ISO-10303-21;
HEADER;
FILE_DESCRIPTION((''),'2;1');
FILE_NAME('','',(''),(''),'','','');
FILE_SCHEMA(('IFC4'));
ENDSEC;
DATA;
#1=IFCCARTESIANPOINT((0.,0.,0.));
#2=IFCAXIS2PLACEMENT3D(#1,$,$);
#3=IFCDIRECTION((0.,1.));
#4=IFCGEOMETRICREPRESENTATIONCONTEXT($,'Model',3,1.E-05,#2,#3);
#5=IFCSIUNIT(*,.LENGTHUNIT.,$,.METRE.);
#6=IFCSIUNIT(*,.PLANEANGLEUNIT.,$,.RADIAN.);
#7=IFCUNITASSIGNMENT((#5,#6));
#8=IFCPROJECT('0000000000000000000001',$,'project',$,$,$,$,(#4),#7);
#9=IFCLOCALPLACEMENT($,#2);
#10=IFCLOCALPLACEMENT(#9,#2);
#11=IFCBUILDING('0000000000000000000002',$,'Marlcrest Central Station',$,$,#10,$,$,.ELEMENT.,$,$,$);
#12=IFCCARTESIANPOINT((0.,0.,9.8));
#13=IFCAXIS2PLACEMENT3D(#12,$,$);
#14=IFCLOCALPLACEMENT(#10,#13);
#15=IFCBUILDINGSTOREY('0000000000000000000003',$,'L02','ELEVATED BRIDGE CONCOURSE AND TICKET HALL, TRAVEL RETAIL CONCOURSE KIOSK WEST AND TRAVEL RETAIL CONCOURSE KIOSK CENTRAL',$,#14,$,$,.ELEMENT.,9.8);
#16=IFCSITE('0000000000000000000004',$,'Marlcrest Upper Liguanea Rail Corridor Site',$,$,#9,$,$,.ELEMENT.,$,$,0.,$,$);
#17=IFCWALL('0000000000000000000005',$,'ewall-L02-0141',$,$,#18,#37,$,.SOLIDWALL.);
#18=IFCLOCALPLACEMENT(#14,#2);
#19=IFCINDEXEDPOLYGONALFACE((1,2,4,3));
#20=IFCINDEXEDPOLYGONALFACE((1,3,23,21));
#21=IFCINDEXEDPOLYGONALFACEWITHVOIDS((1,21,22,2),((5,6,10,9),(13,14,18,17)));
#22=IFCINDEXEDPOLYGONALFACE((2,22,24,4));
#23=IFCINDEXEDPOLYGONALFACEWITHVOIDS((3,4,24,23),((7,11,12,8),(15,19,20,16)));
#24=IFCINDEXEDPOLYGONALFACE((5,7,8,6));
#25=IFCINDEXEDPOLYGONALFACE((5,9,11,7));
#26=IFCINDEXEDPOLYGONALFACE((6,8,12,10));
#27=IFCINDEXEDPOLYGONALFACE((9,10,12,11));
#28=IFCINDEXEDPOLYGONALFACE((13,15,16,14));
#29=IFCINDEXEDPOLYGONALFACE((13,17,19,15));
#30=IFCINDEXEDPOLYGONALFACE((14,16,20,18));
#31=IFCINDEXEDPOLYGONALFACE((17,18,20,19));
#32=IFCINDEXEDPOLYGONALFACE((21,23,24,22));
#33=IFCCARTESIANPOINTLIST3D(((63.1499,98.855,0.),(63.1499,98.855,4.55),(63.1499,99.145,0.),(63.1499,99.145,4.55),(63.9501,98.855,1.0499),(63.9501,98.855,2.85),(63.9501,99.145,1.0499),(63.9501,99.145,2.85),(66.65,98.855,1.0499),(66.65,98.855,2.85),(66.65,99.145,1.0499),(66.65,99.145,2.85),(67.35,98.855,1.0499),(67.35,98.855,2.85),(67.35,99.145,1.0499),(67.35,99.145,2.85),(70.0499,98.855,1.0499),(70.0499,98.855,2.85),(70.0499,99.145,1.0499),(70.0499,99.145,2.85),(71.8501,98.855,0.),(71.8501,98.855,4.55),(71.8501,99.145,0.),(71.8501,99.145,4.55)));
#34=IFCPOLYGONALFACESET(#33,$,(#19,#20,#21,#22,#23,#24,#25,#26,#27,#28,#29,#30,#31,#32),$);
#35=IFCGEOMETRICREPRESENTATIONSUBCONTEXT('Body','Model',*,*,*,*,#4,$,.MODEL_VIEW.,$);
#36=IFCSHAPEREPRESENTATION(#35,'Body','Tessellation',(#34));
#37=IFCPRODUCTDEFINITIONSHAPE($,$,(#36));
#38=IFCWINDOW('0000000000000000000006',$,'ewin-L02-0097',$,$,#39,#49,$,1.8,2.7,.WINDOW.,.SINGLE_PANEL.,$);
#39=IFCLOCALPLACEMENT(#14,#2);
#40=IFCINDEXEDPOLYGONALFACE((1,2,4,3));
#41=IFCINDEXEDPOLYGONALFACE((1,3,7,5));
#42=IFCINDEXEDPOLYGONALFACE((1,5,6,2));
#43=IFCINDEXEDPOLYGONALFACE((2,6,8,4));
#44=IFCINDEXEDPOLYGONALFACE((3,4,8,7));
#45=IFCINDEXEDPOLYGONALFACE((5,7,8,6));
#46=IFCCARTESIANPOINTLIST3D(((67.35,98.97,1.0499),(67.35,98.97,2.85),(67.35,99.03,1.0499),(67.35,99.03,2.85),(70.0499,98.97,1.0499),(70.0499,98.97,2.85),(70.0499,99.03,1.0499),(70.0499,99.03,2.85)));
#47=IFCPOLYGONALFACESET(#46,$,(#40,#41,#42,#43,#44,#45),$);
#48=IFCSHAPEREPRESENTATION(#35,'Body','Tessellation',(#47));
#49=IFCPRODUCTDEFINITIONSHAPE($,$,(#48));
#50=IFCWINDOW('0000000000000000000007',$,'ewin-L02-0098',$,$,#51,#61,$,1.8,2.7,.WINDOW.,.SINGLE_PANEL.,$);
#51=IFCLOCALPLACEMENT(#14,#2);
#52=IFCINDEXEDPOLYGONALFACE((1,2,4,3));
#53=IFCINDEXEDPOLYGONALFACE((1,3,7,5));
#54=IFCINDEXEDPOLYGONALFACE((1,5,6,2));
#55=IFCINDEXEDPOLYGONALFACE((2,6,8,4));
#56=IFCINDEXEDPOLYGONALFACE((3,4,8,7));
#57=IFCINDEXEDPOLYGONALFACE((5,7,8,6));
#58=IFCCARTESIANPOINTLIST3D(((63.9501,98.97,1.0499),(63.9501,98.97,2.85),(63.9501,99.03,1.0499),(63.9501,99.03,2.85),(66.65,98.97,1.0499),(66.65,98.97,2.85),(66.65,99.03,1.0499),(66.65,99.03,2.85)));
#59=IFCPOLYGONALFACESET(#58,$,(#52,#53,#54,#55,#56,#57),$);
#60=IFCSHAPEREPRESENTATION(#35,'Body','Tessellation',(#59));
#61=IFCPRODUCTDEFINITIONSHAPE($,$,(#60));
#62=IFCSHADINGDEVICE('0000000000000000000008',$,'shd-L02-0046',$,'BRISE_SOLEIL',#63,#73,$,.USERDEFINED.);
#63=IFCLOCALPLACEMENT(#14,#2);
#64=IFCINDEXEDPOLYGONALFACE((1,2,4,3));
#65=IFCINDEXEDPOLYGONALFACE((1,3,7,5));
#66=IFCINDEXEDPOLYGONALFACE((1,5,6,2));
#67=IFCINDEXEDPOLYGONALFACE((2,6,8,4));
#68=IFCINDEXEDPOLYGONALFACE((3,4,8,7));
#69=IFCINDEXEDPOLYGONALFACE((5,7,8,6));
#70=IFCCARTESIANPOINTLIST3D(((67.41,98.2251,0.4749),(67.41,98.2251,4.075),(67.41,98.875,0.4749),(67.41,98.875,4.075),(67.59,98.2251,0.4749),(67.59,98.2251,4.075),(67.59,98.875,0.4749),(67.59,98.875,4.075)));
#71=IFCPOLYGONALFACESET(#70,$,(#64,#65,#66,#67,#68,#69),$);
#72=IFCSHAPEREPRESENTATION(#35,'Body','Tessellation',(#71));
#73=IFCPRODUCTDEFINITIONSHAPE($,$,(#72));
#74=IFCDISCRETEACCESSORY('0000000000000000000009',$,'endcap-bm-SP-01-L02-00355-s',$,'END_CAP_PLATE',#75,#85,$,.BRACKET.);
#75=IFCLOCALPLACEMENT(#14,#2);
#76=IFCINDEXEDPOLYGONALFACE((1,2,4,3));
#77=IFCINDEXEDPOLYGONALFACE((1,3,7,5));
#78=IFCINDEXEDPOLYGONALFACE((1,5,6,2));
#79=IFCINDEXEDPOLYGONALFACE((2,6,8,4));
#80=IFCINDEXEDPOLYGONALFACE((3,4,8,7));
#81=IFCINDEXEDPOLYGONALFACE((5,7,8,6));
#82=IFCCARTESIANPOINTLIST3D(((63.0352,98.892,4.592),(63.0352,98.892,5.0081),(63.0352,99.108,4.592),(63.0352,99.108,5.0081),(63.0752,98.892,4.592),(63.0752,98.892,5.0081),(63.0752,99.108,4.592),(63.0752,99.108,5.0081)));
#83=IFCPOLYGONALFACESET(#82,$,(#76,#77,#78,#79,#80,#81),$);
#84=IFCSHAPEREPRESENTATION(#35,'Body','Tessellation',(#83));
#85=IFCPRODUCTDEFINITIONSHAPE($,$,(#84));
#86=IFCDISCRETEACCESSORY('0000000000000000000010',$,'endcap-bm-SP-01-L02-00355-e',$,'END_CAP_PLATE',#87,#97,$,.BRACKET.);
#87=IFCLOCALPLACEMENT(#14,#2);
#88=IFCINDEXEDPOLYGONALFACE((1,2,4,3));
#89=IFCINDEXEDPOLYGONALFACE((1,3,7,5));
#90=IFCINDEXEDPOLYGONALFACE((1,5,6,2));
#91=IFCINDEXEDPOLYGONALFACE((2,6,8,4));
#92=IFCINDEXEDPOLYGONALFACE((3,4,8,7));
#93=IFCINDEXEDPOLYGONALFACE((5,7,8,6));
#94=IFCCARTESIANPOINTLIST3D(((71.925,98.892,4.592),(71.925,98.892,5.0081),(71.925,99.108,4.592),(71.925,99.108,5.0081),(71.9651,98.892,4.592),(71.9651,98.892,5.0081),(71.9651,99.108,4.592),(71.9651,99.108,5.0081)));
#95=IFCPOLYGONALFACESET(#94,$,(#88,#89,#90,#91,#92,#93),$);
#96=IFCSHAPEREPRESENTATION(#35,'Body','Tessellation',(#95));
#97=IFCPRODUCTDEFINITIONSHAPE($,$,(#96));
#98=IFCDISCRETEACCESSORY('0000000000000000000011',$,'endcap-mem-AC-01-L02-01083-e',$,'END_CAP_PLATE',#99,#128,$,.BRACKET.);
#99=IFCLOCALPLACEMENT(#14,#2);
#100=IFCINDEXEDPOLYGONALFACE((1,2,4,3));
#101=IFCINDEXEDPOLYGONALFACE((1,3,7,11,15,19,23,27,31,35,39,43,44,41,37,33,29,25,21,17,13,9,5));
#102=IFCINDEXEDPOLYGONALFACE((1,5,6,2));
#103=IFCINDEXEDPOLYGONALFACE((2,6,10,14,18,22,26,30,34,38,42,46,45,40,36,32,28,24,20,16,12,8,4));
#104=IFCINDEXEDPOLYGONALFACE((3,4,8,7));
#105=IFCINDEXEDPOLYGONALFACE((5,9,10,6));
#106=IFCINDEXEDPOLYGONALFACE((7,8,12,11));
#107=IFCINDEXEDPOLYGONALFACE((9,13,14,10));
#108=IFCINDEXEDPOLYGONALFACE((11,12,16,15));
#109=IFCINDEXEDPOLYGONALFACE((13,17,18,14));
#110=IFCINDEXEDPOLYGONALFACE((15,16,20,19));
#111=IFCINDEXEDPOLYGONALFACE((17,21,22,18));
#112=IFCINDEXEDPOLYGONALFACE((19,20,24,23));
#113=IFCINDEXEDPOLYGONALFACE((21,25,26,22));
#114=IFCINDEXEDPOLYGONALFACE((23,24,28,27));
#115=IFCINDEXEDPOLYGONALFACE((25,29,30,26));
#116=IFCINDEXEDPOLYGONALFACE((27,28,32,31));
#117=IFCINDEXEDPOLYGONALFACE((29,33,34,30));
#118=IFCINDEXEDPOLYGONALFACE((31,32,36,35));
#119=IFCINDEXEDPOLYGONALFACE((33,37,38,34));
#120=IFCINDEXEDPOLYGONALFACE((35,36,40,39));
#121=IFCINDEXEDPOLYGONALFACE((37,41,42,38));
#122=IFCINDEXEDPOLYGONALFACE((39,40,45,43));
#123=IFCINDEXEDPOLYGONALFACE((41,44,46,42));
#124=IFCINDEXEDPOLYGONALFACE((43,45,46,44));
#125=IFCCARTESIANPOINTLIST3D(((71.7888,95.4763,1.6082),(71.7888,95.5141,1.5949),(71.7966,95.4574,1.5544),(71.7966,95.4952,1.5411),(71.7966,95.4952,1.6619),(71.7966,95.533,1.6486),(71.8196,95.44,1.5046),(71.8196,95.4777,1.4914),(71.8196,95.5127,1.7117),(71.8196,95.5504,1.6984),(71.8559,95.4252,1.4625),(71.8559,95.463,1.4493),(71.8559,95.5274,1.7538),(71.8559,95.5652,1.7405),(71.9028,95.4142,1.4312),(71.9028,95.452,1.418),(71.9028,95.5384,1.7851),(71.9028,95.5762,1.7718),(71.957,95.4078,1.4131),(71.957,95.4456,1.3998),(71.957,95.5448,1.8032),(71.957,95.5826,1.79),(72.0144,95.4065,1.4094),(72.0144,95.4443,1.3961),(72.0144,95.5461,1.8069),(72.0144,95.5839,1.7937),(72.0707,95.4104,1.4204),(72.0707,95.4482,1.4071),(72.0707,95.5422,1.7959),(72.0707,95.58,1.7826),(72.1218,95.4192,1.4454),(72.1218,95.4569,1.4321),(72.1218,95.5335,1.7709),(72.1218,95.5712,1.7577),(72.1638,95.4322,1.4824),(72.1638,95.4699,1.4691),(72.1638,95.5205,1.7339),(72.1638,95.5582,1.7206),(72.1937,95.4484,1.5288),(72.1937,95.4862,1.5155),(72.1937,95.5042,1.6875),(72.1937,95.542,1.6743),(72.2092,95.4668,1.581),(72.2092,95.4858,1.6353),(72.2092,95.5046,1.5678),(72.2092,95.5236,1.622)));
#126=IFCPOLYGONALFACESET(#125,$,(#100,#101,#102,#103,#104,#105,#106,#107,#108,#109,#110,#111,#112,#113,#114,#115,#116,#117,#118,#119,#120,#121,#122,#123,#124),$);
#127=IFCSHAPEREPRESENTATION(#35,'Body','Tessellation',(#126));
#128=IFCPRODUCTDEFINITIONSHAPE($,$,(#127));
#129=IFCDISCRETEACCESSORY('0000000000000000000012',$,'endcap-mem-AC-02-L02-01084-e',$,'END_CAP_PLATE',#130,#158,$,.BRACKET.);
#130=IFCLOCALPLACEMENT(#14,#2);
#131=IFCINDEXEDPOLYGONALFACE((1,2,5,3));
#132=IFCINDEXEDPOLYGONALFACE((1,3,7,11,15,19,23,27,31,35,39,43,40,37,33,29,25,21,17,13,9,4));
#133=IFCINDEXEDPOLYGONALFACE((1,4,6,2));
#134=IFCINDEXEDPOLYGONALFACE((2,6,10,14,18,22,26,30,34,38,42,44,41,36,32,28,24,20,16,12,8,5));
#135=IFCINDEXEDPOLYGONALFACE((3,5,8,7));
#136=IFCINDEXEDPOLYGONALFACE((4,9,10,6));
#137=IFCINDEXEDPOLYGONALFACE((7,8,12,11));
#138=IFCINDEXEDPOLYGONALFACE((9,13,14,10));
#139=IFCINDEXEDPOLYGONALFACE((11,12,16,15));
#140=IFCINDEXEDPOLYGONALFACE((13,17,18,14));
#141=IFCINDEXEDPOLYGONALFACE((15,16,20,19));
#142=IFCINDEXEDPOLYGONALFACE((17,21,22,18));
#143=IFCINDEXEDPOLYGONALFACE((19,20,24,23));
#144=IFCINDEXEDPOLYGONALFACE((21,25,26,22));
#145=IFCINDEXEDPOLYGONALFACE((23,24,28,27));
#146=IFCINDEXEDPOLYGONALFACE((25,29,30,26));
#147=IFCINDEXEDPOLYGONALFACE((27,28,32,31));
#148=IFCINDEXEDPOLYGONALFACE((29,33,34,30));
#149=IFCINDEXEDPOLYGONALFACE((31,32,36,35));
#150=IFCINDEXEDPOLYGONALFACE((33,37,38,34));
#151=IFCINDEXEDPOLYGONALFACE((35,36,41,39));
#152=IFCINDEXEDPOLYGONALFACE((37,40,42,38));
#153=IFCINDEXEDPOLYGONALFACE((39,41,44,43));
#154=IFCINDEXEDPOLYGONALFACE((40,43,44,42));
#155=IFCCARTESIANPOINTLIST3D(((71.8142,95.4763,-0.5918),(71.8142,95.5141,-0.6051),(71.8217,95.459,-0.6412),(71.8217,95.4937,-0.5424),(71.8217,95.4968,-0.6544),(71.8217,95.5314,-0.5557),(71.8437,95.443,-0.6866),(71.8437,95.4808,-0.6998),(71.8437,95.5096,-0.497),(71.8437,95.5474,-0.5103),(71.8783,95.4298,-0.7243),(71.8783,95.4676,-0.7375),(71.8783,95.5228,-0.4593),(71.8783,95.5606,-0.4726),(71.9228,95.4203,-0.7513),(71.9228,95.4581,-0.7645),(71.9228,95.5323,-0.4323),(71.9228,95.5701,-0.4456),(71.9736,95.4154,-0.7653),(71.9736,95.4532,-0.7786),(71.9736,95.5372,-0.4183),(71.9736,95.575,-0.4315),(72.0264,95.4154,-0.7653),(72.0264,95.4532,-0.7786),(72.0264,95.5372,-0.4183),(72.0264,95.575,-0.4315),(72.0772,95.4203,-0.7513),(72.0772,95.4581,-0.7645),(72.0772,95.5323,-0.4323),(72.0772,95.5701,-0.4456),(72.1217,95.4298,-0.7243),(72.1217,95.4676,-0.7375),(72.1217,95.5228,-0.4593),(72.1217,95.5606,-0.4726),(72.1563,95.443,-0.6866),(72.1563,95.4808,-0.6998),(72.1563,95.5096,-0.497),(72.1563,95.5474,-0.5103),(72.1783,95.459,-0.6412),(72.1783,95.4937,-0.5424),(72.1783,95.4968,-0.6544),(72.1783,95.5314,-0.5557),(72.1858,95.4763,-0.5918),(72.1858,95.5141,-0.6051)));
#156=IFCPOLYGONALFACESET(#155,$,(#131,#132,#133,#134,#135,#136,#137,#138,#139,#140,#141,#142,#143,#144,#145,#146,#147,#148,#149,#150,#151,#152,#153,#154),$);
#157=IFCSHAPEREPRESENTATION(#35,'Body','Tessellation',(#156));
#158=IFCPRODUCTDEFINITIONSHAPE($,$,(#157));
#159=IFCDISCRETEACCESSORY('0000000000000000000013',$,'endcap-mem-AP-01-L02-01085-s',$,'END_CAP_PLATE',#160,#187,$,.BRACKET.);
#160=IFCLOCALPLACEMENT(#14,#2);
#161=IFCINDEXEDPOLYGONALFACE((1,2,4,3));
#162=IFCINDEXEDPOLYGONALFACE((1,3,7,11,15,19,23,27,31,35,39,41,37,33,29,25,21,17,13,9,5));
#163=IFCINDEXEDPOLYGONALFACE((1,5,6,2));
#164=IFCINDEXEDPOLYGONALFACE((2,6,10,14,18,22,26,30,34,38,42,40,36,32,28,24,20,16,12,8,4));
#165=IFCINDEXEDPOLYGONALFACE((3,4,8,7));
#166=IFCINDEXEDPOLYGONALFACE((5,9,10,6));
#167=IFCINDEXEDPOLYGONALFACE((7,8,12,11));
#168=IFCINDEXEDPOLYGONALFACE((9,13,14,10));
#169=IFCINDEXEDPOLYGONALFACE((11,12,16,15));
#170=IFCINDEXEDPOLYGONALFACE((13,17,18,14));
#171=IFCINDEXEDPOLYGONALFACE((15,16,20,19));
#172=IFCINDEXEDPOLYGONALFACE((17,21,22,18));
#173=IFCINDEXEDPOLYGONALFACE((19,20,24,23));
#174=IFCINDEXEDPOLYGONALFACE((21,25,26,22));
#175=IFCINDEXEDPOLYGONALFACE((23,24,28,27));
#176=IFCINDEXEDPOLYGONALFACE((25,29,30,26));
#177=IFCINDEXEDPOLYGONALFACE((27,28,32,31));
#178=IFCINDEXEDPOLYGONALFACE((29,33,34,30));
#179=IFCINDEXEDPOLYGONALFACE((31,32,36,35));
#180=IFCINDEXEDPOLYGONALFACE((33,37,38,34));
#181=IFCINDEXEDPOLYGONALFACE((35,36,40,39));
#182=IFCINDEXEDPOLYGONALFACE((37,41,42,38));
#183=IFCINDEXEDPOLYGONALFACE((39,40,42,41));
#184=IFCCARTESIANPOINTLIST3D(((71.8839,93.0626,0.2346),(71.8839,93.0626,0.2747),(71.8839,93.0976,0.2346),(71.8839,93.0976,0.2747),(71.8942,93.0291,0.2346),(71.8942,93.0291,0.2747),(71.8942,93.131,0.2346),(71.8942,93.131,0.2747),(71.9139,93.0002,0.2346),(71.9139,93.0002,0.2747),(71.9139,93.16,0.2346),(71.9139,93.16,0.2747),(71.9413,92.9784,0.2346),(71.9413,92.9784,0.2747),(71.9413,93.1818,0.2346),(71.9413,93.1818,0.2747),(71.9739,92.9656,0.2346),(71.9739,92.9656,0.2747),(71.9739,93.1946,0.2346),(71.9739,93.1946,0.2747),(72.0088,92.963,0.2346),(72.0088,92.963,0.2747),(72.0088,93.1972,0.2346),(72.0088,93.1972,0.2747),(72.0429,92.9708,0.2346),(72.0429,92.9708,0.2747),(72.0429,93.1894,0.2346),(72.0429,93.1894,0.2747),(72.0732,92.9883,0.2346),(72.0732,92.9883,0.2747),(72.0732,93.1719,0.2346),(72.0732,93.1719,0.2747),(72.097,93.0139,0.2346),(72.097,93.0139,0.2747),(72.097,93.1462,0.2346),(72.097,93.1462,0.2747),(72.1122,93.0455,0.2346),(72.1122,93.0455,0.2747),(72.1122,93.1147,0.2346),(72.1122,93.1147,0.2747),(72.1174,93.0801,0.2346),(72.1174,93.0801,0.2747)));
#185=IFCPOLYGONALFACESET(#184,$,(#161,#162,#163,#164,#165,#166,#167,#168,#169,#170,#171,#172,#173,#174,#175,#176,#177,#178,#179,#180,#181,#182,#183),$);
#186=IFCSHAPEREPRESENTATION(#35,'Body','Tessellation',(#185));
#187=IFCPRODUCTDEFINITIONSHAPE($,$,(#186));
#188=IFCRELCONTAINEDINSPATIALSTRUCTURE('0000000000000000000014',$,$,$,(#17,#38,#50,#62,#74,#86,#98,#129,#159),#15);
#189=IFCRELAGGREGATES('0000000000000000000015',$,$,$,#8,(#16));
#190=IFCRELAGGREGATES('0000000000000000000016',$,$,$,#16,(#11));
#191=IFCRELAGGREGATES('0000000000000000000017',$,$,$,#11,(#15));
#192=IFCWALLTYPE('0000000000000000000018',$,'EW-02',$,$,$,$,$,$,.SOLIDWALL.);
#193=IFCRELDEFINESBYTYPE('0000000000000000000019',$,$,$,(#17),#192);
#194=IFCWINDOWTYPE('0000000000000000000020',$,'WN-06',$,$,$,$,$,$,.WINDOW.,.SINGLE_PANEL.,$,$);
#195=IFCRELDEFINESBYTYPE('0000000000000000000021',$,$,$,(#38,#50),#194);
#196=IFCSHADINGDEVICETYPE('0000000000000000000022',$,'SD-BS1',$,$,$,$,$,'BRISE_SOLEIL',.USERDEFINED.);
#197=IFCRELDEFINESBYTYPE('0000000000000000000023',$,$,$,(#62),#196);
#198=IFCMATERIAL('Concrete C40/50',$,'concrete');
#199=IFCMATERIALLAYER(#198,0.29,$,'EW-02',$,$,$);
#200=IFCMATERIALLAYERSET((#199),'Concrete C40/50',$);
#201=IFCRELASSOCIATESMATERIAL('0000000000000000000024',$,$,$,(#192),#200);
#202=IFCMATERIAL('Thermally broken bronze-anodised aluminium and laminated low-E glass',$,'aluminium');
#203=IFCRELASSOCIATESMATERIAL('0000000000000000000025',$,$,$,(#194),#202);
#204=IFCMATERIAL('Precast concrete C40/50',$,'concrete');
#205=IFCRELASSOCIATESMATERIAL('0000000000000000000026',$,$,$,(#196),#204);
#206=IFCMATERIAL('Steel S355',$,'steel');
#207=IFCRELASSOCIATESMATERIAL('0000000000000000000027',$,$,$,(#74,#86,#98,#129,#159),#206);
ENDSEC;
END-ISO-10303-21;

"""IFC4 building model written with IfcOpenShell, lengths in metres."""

from ifc_helpers import new_model, si_unit, direction, frame, frame_2d, origin, origin_2d, place, context, subcontext, project, spatial, rectangle, circle, extrude, material, layer, layer_set, type_object, element, fill, save


model = new_model("IFC4")

# Units and contexts
model_context = context("Model", 3, precision=1e-05, world=origin(), true_north=direction((0.0, 1.0)))
body_context = subcontext(model_context, "Body", "Model", "MODEL_VIEW")
ifc_project = project(units=[si_unit("LENGTHUNIT", "METRE"), si_unit("PLANEANGLEUNIT", "RADIAN")], contexts=[model_context])

# Site, building, storey
site_placement = place(None, origin())
site = spatial("IfcSite", under=ifc_project, at=site_placement, Name="Marlcrest Upper Liguanea Rail Corridor Site", CompositionType="ELEMENT", RefElevation=0.0)
building_placement = place(site_placement, origin())
building = spatial("IfcBuilding", under=site, at=building_placement, Name="Marlcrest Central Station", CompositionType="ELEMENT")
storey_placement = place(building_placement, frame((0.0, 0.0, 9.8)))
storey = spatial("IfcBuildingStorey", under=building, at=storey_placement, Name="L02", Description="ELEVATED BRIDGE CONCOURSE AND TICKET HALL, TRAVEL RETAIL CONCOURSE KIOSK WEST AND TRAVEL RETAIL CONCOURSE KIOSK CENTRAL", CompositionType="ELEMENT", Elevation=9.8)

# Shared definitions
ifc_material_1 = material(Name="Steel S355", Category="steel")

# Wall, openings, windows
ifc_material_2 = material(Name="Concrete C40/50", Category="concrete")
ifc_layer_1 = layer(ifc_material_2, 0.29, Name="EW-02")
ifc_layer_set_1 = layer_set([ifc_layer_1], Name="Concrete C40/50")
wall_type = type_object("IfcWallType", Name="EW-02", PredefinedType="SOLIDWALL", material=ifc_layer_set_1)
wall_placement = place(storey_placement, frame((71.8501, 99.0, 0.0), z_axis=(0.0, 0.0, 1.0), x_axis=(-1.0, 0.0, 0.0)))
wall = element("IfcWall", 1, at=wall_placement, inside=storey, type_object=wall_type, Name="ewall-L02-0141", PredefinedType="SOLIDWALL", context=body_context, shape_type="SweptSolid", body=[
    extrude(rectangle(XDim=8.7002, YDim=0.29, at=frame_2d((4.3501, 0.0))), origin(), (0.0, 0.0, 1.0), 4.55),
])
opening_1_placement = place(wall_placement, frame((1.8, 0.0, 1.05)))
opening_1 = element("IfcOpeningElement", 2, at=opening_1_placement, cuts=wall, PredefinedType="OPENING", context=body_context, shape_type="SweptSolid", body=[
    extrude(rectangle(XDim=2.7, YDim=1.8, at=frame_2d((1.3501, 0.8999))), frame((0.0, 0.155, 0.0), z_axis=(0.0, -1.0, 0.0), x_axis=(1.0, 0.0, 0.0)), (0.0, 0.0, 1.0), 0.3101),
])
opening_2_placement = place(wall_placement, frame((5.2, 0.0, 1.05)))
opening_2 = element("IfcOpeningElement", 3, at=opening_2_placement, cuts=wall, PredefinedType="OPENING", context=body_context, shape_type="SweptSolid", body=[
    extrude(rectangle(XDim=2.7, YDim=1.8, at=frame_2d((1.3501, 0.8999))), frame((0.0, 0.155, 0.0), z_axis=(0.0, -1.0, 0.0), x_axis=(1.0, 0.0, 0.0)), (0.0, 0.0, 1.0), 0.3101),
])
ifc_material_3 = material(Name="Thermally broken bronze-anodised aluminium and laminated low-E glass", Category="aluminium")
window_type = type_object("IfcWindowType", Name="WN-06", PartitioningType="SINGLE_PANEL", PredefinedType="WINDOW", material=ifc_material_3)
window_1_placement = place(opening_1_placement, origin())
window_1 = element("IfcWindow", 4, at=window_1_placement, inside=storey, type_object=window_type, Name="ewin-L02-0097", OverallHeight=1.8, OverallWidth=2.7, PartitioningType="SINGLE_PANEL", PredefinedType="WINDOW", context=body_context, shape_type="SweptSolid", body=[
    extrude(rectangle(XDim=2.7, YDim=1.8, at=frame_2d((1.3501, 0.8999))), frame((0.0, 0.03, 0.0), z_axis=(0.0, -1.0, 0.0), x_axis=(1.0, 0.0, 0.0)), (0.0, 0.0, 1.0), 0.0601),
])
fill(opening_1, window_1)
window_2_placement = place(opening_2_placement, origin())
window_2 = element("IfcWindow", 5, at=window_2_placement, inside=storey, type_object=window_type, Name="ewin-L02-0098", OverallHeight=1.8, OverallWidth=2.7, PartitioningType="SINGLE_PANEL", PredefinedType="WINDOW", context=body_context, shape_type="SweptSolid", body=[
    extrude(rectangle(XDim=2.7, YDim=1.8, at=frame_2d((1.3501, 0.8999))), frame((0.0, 0.03, 0.0), z_axis=(0.0, -1.0, 0.0), x_axis=(1.0, 0.0, 0.0)), (0.0, 0.0, 1.0), 0.0601),
])
fill(opening_2, window_2)

# Shading device
ifc_material_4 = material(Name="Precast concrete C40/50", Category="concrete")
shading_device_type = type_object("IfcShadingDeviceType", Name="SD-BS1", ElementType="BRISE_SOLEIL", PredefinedType="USERDEFINED", material=ifc_material_4)
shading_device_placement = place(storey_placement, frame((67.5, 98.55, 0.4749), z_axis=(0.0, 0.0, 1.0), x_axis=(1.0, 0.0, 0.0)))
element("IfcShadingDevice", 6, at=shading_device_placement, inside=storey, type_object=shading_device_type, Name="shd-L02-0046", ObjectType="BRISE_SOLEIL", PredefinedType="USERDEFINED", context=body_context, shape_type="SweptSolid", body=[
    extrude(rectangle(XDim=0.1799, YDim=0.6499, at=origin_2d()), origin(), (0.0, 0.0, 1.0), 3.6001),
])

# Discrete accessories
for number, where, z_axis, x_axis, name in (
    (7, (63.0352, 99.0, 4.8), (1.0, 0.0, 0.0), (0.0, 1.0, 0.0), "endcap-bm-SP-01-L02-00355-s"),
    (8, (71.925, 99.0, 4.8), (1.0, 0.0, 0.0), (0.0, 1.0, 0.0), "endcap-bm-SP-01-L02-00355-e"),
):
    element("IfcDiscreteAccessory", number, at=place(storey_placement, frame(where, z_axis=z_axis, x_axis=x_axis)), inside=storey, material=ifc_material_1, Name=name, ObjectType="END_CAP_PLATE", PredefinedType="BRACKET", context=body_context, shape_type="SweptSolid", body=[
        extrude(rectangle(XDim=0.2161, YDim=0.416, at=origin_2d()), origin(), (0.0, 0.0, 1.0), 0.04),
    ])
discrete_accessory_1_placement = place(storey_placement, frame((72.0, 95.4763, 1.6082), z_axis=(0.0, 0.943537, -0.331266), x_axis=(-1.0, 0.0, 0.0)))
element("IfcDiscreteAccessory", 9, at=discrete_accessory_1_placement, inside=storey, material=ifc_material_1, Name="endcap-mem-AC-01-L02-01083-e", ObjectType="END_CAP_PLATE", PredefinedType="BRACKET", context=body_context, shape_type="SweptSolid", body=[
    extrude(circle(Radius=0.2112, at=origin_2d()), origin(), (0.0, 0.0, 1.0), 0.04),
])
discrete_accessory_2_placement = place(storey_placement, frame((72.0, 95.4763, -0.5918), z_axis=(0.0, 0.943537, -0.331266), x_axis=(-1.0, 0.0, 0.0)))
element("IfcDiscreteAccessory", 10, at=discrete_accessory_2_placement, inside=storey, material=ifc_material_1, Name="endcap-mem-AC-02-L02-01084-e", ObjectType="END_CAP_PLATE", PredefinedType="BRACKET", context=body_context, shape_type="SweptSolid", body=[
    extrude(circle(Radius=0.1858, at=origin_2d()), origin(), (0.0, 0.0, 1.0), 0.04),
])
for number, where, z_axis, x_axis, name in (
    (11, (72.0, 93.0801, 0.2346), (0.0, 0.0, 1.0), (1.0, 0.0, 0.0), "endcap-mem-AP-01-L02-01085-s"),
):
    element("IfcDiscreteAccessory", number, at=place(storey_placement, frame(where, z_axis=z_axis, x_axis=x_axis)), inside=storey, material=ifc_material_1, Name=name, ObjectType="END_CAP_PLATE", PredefinedType="BRACKET", context=body_context, shape_type="SweptSolid", body=[
        extrude(circle(Radius=0.1174, at=origin_2d()), origin(), (0.0, 0.0, 1.0), 0.04),
    ])

save(model, "model.ifc")
